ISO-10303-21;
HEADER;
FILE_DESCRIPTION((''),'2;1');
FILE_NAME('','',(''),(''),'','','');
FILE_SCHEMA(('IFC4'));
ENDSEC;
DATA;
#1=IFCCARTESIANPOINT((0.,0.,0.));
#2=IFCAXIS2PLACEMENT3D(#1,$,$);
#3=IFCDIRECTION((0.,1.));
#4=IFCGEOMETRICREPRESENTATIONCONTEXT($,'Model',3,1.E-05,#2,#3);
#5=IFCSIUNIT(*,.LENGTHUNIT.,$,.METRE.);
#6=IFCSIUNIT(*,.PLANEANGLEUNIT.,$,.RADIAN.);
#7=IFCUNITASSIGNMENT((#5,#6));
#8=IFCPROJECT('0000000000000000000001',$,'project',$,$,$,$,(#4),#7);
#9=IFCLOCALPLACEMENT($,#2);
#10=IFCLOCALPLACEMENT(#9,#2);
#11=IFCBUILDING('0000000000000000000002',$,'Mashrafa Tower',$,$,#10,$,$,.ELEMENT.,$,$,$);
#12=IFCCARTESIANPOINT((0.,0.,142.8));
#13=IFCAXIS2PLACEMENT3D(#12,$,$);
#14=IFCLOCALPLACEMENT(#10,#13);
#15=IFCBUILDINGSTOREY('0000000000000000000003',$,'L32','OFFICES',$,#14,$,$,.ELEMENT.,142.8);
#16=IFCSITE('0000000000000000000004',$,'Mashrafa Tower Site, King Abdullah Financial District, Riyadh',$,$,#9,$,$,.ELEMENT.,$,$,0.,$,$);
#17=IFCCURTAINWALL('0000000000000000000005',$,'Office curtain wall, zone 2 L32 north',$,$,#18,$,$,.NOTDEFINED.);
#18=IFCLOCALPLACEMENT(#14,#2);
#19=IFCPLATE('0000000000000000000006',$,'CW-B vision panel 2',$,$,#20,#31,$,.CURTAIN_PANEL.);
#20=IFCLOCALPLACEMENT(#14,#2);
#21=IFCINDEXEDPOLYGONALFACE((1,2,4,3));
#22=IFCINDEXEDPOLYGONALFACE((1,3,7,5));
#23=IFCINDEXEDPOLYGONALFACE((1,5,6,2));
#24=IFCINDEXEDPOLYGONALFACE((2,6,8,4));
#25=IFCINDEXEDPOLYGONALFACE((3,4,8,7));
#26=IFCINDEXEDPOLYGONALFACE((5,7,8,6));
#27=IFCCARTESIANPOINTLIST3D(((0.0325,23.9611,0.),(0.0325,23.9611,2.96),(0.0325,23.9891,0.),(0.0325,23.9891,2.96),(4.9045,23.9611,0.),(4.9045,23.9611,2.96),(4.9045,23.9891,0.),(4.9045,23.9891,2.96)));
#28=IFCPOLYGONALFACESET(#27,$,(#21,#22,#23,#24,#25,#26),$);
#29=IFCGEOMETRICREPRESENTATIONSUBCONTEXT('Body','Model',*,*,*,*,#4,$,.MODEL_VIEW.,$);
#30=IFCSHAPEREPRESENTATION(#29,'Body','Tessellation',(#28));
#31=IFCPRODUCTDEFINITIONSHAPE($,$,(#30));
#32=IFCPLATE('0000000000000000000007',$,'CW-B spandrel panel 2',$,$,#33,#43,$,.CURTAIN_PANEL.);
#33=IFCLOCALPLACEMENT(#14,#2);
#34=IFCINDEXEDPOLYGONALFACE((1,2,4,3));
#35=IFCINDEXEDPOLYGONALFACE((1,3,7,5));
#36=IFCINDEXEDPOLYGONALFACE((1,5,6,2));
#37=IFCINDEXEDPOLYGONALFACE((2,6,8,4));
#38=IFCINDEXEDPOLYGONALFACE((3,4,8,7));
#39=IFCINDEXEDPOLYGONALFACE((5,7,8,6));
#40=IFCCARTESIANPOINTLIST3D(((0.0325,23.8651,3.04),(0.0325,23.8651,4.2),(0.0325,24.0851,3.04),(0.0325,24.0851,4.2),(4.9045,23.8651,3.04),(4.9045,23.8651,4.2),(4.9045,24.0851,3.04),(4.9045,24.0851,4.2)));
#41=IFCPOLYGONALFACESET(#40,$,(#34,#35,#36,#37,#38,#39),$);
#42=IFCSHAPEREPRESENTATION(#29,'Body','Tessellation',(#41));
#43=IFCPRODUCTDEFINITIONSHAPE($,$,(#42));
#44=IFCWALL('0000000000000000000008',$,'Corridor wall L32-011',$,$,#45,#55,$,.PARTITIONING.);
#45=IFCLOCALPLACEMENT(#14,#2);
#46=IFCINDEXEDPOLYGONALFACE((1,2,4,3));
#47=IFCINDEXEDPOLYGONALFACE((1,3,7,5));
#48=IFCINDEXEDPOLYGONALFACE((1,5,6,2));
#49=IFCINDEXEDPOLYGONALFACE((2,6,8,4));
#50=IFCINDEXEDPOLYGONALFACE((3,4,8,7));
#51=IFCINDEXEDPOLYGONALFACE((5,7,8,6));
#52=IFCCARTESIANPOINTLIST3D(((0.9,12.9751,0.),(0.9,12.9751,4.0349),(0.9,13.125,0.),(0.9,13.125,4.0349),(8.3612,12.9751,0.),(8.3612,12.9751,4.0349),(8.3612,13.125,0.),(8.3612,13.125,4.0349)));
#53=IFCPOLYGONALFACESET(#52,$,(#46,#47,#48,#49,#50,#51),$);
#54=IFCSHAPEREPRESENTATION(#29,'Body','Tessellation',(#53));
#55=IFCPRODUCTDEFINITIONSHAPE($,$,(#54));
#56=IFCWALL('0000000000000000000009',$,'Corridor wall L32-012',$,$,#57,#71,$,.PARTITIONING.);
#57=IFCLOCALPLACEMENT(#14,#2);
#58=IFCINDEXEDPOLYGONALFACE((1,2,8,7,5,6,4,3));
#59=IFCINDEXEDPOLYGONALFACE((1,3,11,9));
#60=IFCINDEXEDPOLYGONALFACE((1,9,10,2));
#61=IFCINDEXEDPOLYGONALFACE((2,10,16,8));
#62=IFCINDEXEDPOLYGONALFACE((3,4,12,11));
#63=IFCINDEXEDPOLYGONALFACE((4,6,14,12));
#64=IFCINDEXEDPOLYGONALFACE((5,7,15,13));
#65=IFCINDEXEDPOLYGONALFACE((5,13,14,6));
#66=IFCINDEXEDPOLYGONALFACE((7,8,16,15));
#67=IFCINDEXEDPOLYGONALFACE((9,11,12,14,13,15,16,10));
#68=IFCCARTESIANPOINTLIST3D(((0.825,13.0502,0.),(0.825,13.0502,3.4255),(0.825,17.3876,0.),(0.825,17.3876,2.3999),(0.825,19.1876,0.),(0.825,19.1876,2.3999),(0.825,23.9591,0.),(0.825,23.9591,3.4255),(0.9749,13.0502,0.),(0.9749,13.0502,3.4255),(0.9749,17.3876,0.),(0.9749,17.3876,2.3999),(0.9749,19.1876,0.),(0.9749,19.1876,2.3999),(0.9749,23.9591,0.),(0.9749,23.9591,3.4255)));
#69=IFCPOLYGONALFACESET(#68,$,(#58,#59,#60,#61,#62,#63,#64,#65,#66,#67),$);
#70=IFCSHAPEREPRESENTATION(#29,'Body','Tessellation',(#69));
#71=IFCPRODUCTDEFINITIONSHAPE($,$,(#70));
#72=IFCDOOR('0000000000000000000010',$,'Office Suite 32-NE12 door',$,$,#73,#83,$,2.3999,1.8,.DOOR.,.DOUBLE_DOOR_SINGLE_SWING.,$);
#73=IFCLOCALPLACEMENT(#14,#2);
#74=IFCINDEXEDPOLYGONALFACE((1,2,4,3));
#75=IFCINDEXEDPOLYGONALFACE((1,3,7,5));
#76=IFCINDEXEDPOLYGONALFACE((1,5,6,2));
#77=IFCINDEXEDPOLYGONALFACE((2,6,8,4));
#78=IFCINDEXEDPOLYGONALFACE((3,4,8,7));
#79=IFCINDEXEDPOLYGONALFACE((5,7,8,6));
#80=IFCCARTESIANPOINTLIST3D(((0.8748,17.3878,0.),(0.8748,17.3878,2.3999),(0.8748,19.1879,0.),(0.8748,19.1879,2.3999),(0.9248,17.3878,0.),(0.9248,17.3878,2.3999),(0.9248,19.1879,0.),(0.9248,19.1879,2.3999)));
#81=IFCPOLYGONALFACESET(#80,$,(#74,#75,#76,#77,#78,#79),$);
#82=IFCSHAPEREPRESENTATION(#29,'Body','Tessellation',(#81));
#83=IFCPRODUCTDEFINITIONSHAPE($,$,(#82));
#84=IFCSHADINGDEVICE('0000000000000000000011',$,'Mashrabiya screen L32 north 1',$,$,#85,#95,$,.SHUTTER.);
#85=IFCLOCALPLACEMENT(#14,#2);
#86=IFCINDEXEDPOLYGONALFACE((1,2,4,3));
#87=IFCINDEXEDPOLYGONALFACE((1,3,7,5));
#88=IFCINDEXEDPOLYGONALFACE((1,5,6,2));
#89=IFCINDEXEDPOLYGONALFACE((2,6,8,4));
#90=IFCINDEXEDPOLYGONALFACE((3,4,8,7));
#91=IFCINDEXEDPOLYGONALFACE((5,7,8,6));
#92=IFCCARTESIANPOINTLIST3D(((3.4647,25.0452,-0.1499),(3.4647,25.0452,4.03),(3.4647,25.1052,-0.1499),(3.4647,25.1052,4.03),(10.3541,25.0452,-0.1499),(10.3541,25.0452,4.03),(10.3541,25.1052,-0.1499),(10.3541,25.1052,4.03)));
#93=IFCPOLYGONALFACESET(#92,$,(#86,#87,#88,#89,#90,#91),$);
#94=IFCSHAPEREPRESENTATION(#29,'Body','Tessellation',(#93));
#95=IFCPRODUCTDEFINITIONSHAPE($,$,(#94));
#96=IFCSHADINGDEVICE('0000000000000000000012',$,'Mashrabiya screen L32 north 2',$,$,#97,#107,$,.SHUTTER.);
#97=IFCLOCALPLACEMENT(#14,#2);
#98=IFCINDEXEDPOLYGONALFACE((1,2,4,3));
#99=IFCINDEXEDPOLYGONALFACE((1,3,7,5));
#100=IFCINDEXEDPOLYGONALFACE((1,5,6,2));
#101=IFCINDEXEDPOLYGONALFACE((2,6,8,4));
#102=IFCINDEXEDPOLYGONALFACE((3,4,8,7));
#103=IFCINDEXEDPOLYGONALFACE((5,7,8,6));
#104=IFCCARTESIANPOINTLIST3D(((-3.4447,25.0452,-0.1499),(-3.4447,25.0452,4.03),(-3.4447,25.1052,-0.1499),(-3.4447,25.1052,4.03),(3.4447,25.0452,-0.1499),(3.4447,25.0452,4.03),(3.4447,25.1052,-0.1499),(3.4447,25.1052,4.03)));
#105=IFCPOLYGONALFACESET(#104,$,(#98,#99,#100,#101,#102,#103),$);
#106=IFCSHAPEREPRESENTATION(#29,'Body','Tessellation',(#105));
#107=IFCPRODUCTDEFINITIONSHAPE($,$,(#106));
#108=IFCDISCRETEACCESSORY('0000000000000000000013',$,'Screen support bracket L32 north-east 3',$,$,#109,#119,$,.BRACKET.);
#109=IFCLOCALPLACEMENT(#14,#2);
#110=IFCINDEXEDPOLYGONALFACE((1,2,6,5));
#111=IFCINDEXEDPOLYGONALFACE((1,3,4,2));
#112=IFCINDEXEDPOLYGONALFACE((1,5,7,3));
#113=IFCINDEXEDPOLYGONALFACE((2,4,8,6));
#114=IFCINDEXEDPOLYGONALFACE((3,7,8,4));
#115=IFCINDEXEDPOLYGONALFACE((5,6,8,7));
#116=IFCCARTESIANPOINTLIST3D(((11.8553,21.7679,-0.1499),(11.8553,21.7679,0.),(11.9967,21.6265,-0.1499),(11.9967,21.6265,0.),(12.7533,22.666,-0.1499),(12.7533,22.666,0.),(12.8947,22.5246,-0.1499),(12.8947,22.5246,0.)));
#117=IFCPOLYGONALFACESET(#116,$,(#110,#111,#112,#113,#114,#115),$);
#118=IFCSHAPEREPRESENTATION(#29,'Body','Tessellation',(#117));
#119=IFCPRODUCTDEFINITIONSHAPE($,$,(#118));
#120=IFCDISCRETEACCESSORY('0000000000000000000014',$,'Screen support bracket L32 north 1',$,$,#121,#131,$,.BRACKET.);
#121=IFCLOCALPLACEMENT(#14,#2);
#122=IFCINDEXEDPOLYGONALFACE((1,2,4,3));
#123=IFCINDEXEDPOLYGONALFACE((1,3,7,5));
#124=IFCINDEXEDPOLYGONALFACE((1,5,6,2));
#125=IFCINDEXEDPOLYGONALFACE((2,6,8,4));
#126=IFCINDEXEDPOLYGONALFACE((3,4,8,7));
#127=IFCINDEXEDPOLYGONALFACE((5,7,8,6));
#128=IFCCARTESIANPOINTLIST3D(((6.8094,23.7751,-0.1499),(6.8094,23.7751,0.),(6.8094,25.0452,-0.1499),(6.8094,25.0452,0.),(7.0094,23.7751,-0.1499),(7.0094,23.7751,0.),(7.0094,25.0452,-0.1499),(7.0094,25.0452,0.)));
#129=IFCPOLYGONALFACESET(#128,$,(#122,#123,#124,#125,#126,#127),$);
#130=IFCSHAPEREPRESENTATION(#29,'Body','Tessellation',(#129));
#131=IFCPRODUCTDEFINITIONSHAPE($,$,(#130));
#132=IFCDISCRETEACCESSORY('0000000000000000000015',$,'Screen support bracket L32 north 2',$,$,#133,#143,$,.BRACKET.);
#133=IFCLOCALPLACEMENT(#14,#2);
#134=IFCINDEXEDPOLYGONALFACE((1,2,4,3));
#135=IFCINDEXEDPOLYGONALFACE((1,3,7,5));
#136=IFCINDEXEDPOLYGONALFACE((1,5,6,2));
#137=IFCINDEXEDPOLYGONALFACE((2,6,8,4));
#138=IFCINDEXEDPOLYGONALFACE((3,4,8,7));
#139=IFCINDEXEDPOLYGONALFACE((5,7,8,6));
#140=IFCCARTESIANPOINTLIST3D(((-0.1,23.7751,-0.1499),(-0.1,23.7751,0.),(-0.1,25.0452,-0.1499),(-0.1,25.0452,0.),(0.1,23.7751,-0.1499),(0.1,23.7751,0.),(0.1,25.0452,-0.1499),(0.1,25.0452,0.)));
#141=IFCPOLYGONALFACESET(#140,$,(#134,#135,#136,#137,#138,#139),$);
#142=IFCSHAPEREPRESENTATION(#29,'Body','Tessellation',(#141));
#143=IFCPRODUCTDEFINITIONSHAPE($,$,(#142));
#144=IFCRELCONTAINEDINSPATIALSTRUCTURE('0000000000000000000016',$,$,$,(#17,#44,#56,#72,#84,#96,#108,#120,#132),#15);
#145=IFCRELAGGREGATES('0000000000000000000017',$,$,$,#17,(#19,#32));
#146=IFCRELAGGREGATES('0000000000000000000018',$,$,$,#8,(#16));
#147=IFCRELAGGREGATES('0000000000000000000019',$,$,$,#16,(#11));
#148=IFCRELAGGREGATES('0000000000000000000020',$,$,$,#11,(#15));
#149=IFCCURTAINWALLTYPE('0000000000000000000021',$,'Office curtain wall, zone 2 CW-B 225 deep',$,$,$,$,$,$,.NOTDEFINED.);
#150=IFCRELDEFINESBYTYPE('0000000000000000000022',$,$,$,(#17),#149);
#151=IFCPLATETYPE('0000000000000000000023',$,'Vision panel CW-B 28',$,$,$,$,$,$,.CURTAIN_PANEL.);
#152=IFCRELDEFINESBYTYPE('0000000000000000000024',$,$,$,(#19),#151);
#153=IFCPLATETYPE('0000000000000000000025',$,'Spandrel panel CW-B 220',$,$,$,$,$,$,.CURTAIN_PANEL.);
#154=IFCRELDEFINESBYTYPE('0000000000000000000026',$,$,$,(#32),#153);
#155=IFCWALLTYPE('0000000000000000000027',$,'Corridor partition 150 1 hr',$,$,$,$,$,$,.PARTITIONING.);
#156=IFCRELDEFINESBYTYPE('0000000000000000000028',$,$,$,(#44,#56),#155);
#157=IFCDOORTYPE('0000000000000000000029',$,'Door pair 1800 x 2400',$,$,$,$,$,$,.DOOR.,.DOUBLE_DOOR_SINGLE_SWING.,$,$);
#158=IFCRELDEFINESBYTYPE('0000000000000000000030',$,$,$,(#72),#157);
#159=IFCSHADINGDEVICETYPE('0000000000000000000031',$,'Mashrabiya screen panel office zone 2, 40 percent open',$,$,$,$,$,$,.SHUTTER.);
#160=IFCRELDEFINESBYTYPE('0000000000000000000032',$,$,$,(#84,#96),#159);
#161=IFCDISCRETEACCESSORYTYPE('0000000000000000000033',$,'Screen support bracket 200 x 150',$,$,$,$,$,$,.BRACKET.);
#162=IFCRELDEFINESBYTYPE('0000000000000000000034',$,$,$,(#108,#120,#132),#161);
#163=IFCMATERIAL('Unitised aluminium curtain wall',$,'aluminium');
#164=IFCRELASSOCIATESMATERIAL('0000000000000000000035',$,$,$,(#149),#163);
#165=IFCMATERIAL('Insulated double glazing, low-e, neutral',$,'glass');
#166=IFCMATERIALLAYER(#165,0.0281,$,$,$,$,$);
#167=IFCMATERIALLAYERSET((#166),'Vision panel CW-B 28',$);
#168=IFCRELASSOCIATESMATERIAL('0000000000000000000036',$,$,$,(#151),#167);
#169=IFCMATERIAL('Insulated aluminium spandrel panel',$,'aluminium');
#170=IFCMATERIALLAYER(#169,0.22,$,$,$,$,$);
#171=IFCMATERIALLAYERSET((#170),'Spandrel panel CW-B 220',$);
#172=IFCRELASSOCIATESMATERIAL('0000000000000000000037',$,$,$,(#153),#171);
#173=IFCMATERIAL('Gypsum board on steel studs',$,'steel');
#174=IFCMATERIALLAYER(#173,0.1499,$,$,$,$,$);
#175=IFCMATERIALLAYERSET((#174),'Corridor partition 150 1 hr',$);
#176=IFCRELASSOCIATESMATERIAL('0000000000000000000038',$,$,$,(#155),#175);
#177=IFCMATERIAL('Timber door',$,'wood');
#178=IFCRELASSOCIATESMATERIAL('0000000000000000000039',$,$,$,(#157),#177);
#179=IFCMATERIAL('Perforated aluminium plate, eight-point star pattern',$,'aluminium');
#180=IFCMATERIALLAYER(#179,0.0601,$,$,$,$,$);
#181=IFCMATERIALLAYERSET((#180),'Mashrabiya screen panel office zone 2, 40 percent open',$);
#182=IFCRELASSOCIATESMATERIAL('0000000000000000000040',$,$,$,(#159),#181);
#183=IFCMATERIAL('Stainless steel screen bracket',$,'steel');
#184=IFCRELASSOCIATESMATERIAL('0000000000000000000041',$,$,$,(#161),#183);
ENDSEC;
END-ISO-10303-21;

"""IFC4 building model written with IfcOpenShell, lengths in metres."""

from ifc_helpers import new_model, si_unit, direction, frame, frame_2d, origin, origin_2d, place, context, subcontext, project, spatial, rectangle, extrude, source, transform, mapped, material, layer, layer_set, type_object, type_shapes, element, fill, aggregate, save


model = new_model("IFC4")

# Units and contexts
model_context = context("Model", 3, precision=1e-05, world=origin(), true_north=direction((0.0, 1.0)))
body_context = subcontext(model_context, "Body", "Model", "MODEL_VIEW")
ifc_project = project(units=[si_unit("LENGTHUNIT", "METRE"), si_unit("PLANEANGLEUNIT", "RADIAN")], contexts=[model_context])

# Site, building, storey
site_placement = place(None, origin())
site = spatial("IfcSite", under=ifc_project, at=site_placement, Name="Mashrafa Tower Site, King Abdullah Financial District, Riyadh", CompositionType="ELEMENT", RefElevation=0.0)
building_placement = place(site_placement, origin())
building = spatial("IfcBuilding", under=site, at=building_placement, Name="Mashrafa Tower", CompositionType="ELEMENT")
storey_placement = place(building_placement, frame((0.0, 0.0, 142.8)))
storey = spatial("IfcBuildingStorey", under=building, at=storey_placement, Name="L32", Description="OFFICES", CompositionType="ELEMENT", Elevation=142.8)

# Shared definitions
ifc_material_1 = material(Name="Unitised aluminium curtain wall", Category="aluminium")
curtain_wall_type = type_object("IfcCurtainWallType", Name="Office curtain wall, zone 2 CW-B 225 deep", PredefinedType="NOTDEFINED", material=ifc_material_1)

# Curtain wall
curtain_wall_1_placement = place(storey_placement, origin())
curtain_wall_1 = element("IfcCurtainWall", 1, at=curtain_wall_1_placement, inside=storey, type_object=curtain_wall_type, Name="Office curtain wall, zone 2 L32 north", PredefinedType="NOTDEFINED")

# Plates
ifc_material_2 = material(Name="Insulated double glazing, low-e, neutral", Category="glass")
ifc_layer_1 = layer(ifc_material_2, 0.0281)
ifc_layer_set_1 = layer_set([ifc_layer_1], Name="Vision panel CW-B 28")
plate_type_1 = type_object("IfcPlateType", Name="Vision panel CW-B 28", PredefinedType="CURTAIN_PANEL", material=ifc_layer_set_1)
ifc_material_3 = material(Name="Insulated aluminium spandrel panel", Category="aluminium")
ifc_layer_2 = layer(ifc_material_3, 0.22)
ifc_layer_set_2 = layer_set([ifc_layer_2], Name="Spandrel panel CW-B 220")
plate_type_2 = type_object("IfcPlateType", Name="Spandrel panel CW-B 220", PredefinedType="CURTAIN_PANEL", material=ifc_layer_set_2)
shared_shape_1 = source(origin(), body_context, "Body", "SweptSolid", [
    extrude(rectangle(XDim=4.8721, YDim=0.0281, at=origin_2d()), origin(), (0.0, 0.0, 1.0), 2.96),
])
plate_1_placement = place(storey_placement, frame((2.4685, 23.9751, 0.0), z_axis=(0.0, 0.0, 1.0), x_axis=(-1.0, 0.0, 0.0)))
plate_1 = element("IfcPlate", 2, at=plate_1_placement, type_object=plate_type_1, Name="CW-B vision panel 2", PredefinedType="CURTAIN_PANEL", context=body_context, shape_type="MappedRepresentation", body=[
    mapped(shared_shape_1, transform((0.0, 0.0, 0.0))),
])
shared_shape_2 = source(origin(), body_context, "Body", "SweptSolid", [
    extrude(rectangle(XDim=4.8721, YDim=0.22, at=origin_2d()), origin(), (0.0, 0.0, 1.0), 1.1599),
])
plate_2_placement = place(storey_placement, frame((2.4685, 23.9751, 3.04), z_axis=(0.0, 0.0, 1.0), x_axis=(-1.0, 0.0, 0.0)))
plate_2 = element("IfcPlate", 3, at=plate_2_placement, type_object=plate_type_2, Name="CW-B spandrel panel 2", PredefinedType="CURTAIN_PANEL", context=body_context, shape_type="MappedRepresentation", body=[
    mapped(shared_shape_2, transform((0.0, 0.0, 0.0))),
])
aggregate(curtain_wall_1, [plate_1, plate_2])

# Wall
ifc_material_4 = material(Name="Gypsum board on steel studs", Category="steel")
ifc_layer_3 = layer(ifc_material_4, 0.1499)
ifc_layer_set_3 = layer_set([ifc_layer_3], Name="Corridor partition 150 1 hr")
wall_type = type_object("IfcWallType", Name="Corridor partition 150 1 hr", PredefinedType="PARTITIONING", material=ifc_layer_set_3)
wall_1_placement = place(storey_placement, frame((8.3611, 13.05, 0.0), z_axis=(0.0, 0.0, 1.0), x_axis=(-1.0, 0.0, 0.0)))
element("IfcWall", 4, at=wall_1_placement, inside=storey, type_object=wall_type, Name="Corridor wall L32-011", PredefinedType="PARTITIONING", context=body_context, shape_type="SweptSolid", body=[
    extrude(rectangle(XDim=7.4612, YDim=0.1499, at=frame_2d((3.7305, 0.0))), origin(), (0.0, 0.0, 1.0), 4.0349),
])

# Wall, opening, door
wall_2_placement = place(storey_placement, frame((0.8999, 13.05, 0.0), z_axis=(0.0, 0.0, 1.0), x_axis=(0.0, 1.0, 0.0)))
wall_2 = element("IfcWall", 5, at=wall_2_placement, inside=storey, type_object=wall_type, Name="Corridor wall L32-012", PredefinedType="PARTITIONING", context=body_context, shape_type="SweptSolid", body=[
    extrude(rectangle(XDim=10.9089, YDim=0.1499, at=frame_2d((5.4546, 0.0))), origin(), (0.0, 0.0, 1.0), 3.4255),
])
opening_placement = place(wall_2_placement, frame((4.3376, 0.0, 0.0)))
opening = element("IfcOpeningElement", 6, at=opening_placement, cuts=wall_2, PredefinedType="OPENING", context=body_context, shape_type="SweptSolid", body=[
    extrude(rectangle(XDim=1.8, YDim=2.3999, at=frame_2d((0.8999, 1.2))), frame((0.0, 0.085, 0.0), z_axis=(0.0, -1.0, 0.0), x_axis=(1.0, 0.0, 0.0)), (0.0, 0.0, 1.0), 0.1699),
])
ifc_material_5 = material(Name="Timber door", Category="wood")
door_type = type_object("IfcDoorType", Name="Door pair 1800 x 2400", OperationType="DOUBLE_DOOR_SINGLE_SWING", PredefinedType="DOOR", material=ifc_material_5)
door_placement = place(opening_placement, frame((1.8, 0.0, 0.0), z_axis=(0.0, 0.0, 1.0), x_axis=(-1.0, 0.0, 0.0)))
door = element("IfcDoor", 7, at=door_placement, inside=storey, type_object=door_type, Name="Office Suite 32-NE12 door", OperationType="DOUBLE_DOOR_SINGLE_SWING", OverallHeight=2.3999, OverallWidth=1.8, PredefinedType="DOOR", context=body_context, shape_type="SweptSolid", body=[
    extrude(rectangle(XDim=1.8, YDim=2.3999, at=frame_2d((0.8999, 1.2))), frame((0.0, 0.0249, 0.0), z_axis=(0.0, -1.0, 0.0), x_axis=(1.0, 0.0, 0.0)), (0.0, 0.0, 1.0), 0.05),
])
fill(opening, door)

# Shading devices
ifc_material_6 = material(Name="Perforated aluminium plate, eight-point star pattern", Category="aluminium")
ifc_layer_4 = layer(ifc_material_6, 0.0601)
ifc_layer_set_4 = layer_set([ifc_layer_4], Name="Mashrabiya screen panel office zone 2, 40 percent open")
shading_device_type = type_object("IfcShadingDeviceType", Name="Mashrabiya screen panel office zone 2, 40 percent open", PredefinedType="SHUTTER", material=ifc_layer_set_4)
shared_shape_3 = source(origin(), body_context, "Body", "SweptSolid", [
    extrude(rectangle(XDim=6.8894, YDim=0.0601, at=origin_2d()), origin(), (0.0, 0.0, 1.0), 4.1799),
])
type_shapes(shading_device_type, [shared_shape_3])
for number, where, z_axis, x_axis, name in (
    (8, (6.9094, 25.0752, -0.1499), (0.0, 0.0, 1.0), (-1.0, 0.0, 0.0), "Mashrabiya screen L32 north 1"),
    (9, (0.0, 25.0752, -0.1499), (0.0, 0.0, 1.0), (-1.0, 0.0, 0.0), "Mashrabiya screen L32 north 2"),
):
    element("IfcShadingDevice", number, at=place(storey_placement, frame(where, z_axis=z_axis, x_axis=x_axis)), inside=storey, type_object=shading_device_type, Name=name, PredefinedType="SHUTTER", context=body_context, shape_type="MappedRepresentation", body=[
        mapped(shared_shape_3, transform((0.0, 0.0, 0.0))),
    ])

# Discrete accessories
ifc_material_7 = material(Name="Stainless steel screen bracket", Category="steel")
discrete_accessory_type = type_object("IfcDiscreteAccessoryType", Name="Screen support bracket 200 x 150", PredefinedType="BRACKET", material=ifc_material_7)
shared_shape_4 = source(origin(), body_context, "Body", "SweptSolid", [
    extrude(rectangle(XDim=0.2, YDim=1.27, at=origin_2d()), origin(), (0.0, 0.0, 1.0), 0.1499),
])
type_shapes(discrete_accessory_type, [shared_shape_4])
for number, where, z_axis, x_axis, name in (
    (10, (12.375, 22.1462, -0.1499), (0.0, 0.0, 1.0), (-0.707107, 0.707107, 0.0), "Screen support bracket L32 north-east 3"),
    (11, (6.9094, 24.4102, -0.1499), (0.0, 0.0, 1.0), (-1.0, 0.0, 0.0), "Screen support bracket L32 north 1"),
    (12, (0.0, 24.4102, -0.1499), (0.0, 0.0, 1.0), (-1.0, 0.0, 0.0), "Screen support bracket L32 north 2"),
):
    element("IfcDiscreteAccessory", number, at=place(storey_placement, frame(where, z_axis=z_axis, x_axis=x_axis)), inside=storey, type_object=discrete_accessory_type, Name=name, PredefinedType="BRACKET", context=body_context, shape_type="MappedRepresentation", body=[
        mapped(shared_shape_4, transform((0.0, 0.0, 0.0))),
    ])

save(model, "model.ifc")
